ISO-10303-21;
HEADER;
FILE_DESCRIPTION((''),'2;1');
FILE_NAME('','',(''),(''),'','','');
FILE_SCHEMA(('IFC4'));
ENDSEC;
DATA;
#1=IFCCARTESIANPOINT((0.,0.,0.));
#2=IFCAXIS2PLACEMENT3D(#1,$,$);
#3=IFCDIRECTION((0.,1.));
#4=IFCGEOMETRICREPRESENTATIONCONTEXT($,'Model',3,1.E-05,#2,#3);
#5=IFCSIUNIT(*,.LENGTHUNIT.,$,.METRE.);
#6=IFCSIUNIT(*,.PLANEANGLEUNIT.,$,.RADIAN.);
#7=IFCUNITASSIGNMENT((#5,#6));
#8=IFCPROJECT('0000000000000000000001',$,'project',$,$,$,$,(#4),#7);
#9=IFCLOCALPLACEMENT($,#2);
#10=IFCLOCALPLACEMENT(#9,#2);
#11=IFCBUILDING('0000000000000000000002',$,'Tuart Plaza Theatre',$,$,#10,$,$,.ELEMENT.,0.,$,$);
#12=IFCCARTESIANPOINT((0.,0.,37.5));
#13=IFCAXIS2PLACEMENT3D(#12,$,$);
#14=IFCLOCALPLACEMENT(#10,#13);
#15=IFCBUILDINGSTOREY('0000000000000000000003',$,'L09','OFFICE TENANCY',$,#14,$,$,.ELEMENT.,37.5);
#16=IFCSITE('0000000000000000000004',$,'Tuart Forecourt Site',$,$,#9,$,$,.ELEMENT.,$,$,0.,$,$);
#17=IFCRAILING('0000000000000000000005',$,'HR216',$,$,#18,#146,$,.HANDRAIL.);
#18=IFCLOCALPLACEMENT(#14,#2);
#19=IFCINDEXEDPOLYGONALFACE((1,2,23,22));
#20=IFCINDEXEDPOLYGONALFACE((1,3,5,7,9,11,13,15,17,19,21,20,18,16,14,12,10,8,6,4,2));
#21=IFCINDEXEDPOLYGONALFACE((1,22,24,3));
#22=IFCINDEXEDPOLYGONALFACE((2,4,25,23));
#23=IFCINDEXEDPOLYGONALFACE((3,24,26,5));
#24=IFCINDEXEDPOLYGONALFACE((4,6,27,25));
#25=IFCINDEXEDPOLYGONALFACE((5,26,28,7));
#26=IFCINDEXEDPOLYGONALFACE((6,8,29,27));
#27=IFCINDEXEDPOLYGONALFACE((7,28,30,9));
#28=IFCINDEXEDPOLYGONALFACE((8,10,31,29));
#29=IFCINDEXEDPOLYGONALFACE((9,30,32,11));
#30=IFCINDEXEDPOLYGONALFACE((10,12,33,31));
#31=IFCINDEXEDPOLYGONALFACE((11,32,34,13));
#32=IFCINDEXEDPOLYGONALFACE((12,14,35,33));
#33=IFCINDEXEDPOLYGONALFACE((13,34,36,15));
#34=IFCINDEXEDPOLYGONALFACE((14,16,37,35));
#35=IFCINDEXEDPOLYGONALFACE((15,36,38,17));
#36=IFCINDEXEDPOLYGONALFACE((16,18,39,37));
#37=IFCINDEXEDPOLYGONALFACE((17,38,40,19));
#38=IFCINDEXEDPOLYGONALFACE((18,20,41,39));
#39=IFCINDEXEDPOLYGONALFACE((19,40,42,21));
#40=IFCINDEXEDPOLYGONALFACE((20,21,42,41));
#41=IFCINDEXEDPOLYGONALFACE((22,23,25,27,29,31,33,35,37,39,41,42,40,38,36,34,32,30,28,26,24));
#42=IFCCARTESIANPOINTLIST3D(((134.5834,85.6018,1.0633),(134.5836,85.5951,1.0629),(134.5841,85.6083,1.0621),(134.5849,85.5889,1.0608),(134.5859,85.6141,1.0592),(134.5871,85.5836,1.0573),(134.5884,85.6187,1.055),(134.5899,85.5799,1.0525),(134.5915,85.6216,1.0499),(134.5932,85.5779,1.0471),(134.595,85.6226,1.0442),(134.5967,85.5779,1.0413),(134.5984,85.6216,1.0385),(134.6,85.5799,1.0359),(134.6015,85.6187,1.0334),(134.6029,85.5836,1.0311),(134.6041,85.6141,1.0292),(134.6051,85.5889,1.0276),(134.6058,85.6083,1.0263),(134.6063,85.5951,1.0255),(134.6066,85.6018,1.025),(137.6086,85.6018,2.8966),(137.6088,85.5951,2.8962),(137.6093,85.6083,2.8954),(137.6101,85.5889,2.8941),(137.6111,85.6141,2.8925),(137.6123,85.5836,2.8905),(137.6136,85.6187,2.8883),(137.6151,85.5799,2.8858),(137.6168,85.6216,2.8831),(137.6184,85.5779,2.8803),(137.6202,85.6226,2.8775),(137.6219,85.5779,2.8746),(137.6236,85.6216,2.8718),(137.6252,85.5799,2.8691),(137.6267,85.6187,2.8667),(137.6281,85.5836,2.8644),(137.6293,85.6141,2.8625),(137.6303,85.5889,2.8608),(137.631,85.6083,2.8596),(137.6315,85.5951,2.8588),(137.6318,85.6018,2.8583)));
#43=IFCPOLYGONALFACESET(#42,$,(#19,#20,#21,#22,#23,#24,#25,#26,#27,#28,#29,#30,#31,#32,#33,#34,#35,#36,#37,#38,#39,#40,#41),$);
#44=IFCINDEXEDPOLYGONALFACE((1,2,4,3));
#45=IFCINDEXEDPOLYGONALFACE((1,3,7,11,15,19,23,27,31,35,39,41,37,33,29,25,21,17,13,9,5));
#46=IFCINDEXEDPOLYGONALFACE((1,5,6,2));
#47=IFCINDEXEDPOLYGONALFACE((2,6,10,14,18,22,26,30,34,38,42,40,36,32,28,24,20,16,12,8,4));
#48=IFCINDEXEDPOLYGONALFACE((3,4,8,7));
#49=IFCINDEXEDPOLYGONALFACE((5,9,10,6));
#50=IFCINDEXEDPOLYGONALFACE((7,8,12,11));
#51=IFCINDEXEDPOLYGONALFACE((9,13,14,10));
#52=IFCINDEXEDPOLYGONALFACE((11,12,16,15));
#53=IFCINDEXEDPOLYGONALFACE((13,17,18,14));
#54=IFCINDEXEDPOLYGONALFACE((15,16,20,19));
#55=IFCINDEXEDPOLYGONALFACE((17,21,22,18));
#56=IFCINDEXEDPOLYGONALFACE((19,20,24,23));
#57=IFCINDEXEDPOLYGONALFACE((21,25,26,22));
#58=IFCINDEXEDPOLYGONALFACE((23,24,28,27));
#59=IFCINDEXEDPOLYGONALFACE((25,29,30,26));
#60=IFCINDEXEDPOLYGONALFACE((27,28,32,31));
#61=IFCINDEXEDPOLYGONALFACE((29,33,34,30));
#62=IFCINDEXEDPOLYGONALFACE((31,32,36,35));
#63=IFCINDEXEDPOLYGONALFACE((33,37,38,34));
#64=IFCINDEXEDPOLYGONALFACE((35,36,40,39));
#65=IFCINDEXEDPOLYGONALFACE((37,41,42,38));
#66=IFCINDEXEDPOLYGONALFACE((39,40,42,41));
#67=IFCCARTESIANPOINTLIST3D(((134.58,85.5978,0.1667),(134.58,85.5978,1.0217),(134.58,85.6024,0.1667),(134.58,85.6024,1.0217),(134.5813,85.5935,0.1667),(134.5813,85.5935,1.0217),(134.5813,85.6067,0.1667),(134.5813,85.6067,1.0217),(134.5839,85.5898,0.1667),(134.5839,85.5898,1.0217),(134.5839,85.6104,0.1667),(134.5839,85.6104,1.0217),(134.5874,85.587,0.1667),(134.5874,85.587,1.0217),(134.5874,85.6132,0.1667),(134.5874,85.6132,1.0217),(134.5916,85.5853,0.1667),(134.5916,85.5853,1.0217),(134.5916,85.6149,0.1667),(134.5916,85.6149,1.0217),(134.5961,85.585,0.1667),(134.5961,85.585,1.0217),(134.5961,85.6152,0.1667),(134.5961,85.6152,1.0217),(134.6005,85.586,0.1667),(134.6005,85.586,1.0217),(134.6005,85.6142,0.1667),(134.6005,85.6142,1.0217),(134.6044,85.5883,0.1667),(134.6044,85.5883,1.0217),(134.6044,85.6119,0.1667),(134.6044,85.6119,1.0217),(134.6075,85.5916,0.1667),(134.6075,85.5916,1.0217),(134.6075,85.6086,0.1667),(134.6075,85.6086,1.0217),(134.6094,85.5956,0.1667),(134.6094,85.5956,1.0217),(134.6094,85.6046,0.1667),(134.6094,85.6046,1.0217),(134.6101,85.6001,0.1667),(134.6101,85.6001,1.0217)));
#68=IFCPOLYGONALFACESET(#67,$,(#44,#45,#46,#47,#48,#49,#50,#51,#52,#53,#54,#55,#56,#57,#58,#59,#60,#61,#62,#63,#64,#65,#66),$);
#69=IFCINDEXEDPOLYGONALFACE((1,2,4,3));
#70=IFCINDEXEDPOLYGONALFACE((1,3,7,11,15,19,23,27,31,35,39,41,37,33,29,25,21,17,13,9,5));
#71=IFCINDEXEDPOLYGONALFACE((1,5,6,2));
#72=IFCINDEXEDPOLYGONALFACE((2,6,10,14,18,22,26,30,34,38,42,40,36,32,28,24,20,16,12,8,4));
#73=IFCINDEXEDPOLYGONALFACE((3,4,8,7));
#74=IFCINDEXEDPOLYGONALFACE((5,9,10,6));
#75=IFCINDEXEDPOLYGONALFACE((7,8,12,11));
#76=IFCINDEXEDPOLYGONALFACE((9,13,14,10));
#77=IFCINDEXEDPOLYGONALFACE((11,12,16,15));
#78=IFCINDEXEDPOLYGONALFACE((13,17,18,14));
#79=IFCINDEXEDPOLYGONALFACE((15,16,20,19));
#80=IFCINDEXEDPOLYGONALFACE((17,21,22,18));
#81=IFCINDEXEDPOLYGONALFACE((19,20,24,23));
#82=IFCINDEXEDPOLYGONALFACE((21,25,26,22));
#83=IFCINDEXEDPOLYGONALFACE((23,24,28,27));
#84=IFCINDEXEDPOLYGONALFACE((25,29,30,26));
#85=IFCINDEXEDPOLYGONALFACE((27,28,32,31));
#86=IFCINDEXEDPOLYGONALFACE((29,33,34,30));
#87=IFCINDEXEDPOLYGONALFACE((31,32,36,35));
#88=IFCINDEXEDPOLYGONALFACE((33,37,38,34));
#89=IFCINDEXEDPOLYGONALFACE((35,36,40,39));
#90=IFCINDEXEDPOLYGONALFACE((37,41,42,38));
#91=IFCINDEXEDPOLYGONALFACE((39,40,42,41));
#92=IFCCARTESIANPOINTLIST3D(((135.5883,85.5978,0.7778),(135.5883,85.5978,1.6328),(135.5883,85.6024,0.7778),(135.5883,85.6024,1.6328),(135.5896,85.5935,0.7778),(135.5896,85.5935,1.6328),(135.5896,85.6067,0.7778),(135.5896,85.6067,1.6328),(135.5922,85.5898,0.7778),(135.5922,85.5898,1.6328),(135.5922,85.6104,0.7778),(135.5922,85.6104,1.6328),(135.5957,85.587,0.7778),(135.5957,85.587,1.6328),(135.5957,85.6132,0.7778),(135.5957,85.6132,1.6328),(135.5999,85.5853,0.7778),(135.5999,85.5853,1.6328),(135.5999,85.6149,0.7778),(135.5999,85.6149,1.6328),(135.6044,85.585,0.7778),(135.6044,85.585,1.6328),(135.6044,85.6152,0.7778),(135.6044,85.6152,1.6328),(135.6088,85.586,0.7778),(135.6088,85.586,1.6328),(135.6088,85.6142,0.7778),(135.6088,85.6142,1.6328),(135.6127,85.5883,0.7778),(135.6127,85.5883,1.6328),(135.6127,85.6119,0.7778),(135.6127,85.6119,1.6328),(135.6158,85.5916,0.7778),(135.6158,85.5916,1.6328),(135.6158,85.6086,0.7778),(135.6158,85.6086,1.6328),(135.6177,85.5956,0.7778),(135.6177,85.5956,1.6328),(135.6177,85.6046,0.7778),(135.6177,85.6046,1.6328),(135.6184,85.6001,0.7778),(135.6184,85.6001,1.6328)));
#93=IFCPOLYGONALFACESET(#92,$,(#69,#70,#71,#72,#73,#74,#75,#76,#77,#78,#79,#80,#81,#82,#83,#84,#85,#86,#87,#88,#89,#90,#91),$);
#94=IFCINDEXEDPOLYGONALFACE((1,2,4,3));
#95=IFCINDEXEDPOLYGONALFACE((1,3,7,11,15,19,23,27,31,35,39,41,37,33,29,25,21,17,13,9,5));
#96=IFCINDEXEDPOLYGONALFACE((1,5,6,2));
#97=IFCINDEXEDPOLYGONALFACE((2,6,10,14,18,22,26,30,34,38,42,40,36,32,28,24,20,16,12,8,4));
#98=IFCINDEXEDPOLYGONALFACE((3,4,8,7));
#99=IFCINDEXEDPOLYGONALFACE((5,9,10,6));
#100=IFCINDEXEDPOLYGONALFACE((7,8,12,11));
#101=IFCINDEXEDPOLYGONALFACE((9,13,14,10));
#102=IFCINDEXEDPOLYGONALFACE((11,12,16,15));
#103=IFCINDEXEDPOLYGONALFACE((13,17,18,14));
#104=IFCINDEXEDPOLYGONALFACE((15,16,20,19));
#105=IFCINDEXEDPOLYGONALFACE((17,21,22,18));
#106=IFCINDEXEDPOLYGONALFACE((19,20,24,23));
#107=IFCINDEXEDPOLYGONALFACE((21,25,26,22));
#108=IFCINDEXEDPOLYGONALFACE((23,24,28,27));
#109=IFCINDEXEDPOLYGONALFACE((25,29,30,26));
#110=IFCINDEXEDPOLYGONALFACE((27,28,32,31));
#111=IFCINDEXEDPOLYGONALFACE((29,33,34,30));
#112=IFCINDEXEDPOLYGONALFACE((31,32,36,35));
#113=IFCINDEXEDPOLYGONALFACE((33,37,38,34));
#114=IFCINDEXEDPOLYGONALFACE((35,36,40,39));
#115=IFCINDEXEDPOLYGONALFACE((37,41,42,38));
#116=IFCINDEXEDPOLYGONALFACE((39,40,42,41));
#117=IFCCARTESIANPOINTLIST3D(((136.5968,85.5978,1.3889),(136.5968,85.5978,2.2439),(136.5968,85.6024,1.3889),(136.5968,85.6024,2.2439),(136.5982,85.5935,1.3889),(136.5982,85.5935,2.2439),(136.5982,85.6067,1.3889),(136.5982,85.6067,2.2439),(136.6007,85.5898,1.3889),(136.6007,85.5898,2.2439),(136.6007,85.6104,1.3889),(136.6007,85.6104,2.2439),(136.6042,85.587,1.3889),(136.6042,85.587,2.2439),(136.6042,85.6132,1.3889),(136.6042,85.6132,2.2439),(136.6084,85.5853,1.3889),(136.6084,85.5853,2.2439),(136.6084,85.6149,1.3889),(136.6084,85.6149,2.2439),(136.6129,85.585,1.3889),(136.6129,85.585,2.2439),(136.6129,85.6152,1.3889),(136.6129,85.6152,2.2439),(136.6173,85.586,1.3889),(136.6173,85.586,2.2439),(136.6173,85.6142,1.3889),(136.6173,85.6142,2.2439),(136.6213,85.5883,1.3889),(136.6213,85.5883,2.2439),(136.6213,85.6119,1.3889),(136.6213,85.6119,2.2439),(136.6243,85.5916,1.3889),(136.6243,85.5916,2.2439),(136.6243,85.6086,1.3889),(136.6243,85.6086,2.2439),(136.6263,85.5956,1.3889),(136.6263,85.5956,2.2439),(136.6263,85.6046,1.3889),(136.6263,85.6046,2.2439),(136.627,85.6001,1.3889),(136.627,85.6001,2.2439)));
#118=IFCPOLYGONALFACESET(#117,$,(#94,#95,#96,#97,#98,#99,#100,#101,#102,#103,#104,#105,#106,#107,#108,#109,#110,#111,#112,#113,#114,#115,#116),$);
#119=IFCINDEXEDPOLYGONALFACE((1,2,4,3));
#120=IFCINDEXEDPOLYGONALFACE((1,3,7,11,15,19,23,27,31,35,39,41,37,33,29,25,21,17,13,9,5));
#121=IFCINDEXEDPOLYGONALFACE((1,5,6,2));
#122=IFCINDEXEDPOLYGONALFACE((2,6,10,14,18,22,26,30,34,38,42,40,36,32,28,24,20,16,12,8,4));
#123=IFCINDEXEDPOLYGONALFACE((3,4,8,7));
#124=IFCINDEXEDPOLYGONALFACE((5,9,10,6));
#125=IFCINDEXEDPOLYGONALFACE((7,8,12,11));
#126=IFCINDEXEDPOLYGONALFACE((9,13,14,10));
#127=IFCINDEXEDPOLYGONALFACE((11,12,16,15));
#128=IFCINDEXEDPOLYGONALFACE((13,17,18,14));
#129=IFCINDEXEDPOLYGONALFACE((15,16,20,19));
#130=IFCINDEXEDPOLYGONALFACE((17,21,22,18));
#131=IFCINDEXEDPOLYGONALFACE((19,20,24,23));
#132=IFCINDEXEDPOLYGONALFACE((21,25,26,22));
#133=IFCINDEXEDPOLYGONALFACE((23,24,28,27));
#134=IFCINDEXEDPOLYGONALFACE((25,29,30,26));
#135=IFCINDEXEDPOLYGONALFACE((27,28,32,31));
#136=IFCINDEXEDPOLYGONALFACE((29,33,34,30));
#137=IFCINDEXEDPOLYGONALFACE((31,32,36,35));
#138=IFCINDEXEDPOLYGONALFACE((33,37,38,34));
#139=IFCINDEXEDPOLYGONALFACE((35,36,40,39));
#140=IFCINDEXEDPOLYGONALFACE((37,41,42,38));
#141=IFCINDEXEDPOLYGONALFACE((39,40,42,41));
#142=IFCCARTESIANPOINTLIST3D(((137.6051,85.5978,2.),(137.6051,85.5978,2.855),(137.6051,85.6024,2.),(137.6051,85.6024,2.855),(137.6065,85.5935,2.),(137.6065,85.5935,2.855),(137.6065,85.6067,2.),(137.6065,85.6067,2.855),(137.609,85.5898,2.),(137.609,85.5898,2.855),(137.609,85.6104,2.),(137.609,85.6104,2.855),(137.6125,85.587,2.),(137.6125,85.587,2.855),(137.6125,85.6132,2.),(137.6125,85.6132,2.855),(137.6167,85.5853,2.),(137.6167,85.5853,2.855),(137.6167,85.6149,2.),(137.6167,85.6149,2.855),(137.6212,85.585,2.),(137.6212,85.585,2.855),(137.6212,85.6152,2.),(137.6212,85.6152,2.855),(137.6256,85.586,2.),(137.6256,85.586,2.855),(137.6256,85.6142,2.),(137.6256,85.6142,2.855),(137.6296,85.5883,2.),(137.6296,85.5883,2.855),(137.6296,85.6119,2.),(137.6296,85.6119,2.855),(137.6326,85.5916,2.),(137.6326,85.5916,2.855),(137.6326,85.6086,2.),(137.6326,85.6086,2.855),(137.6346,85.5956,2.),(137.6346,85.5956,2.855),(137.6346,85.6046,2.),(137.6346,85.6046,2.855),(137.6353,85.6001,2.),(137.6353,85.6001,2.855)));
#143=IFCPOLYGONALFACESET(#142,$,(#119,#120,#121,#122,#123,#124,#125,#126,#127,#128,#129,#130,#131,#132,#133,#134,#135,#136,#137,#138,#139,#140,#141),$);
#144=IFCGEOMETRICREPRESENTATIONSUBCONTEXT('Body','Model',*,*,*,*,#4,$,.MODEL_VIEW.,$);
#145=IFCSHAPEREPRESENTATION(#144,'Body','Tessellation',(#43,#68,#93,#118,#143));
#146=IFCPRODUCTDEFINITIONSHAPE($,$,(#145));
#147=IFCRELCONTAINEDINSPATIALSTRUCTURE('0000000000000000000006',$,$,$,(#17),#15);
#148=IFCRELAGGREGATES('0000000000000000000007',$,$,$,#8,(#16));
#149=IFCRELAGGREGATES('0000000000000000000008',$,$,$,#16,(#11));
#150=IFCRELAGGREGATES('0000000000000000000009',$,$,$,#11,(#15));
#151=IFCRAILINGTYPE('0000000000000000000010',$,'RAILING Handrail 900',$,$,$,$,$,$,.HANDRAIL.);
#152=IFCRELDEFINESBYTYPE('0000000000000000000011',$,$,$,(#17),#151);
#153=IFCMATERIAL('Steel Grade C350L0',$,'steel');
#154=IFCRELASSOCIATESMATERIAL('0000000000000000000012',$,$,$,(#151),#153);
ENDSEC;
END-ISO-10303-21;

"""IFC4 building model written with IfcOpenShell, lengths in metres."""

from ifc_helpers import new_model, si_unit, direction, frame, origin, origin_2d, place, context, subcontext, project, spatial, circle, extrude, material, type_object, element, save


model = new_model("IFC4")

# Units and contexts
model_context = context("Model", 3, precision=1e-05, world=origin(), true_north=direction((0.0, 1.0)))
body_context = subcontext(model_context, "Body", "Model", "MODEL_VIEW")
ifc_project = project(units=[si_unit("LENGTHUNIT", "METRE"), si_unit("PLANEANGLEUNIT", "RADIAN")], contexts=[model_context])

# Site, building, storey
site_placement = place(None, origin())
site = spatial("IfcSite", under=ifc_project, at=site_placement, Name="Tuart Forecourt Site", CompositionType="ELEMENT", RefElevation=0.0)
building_placement = place(site_placement, origin())
building = spatial("IfcBuilding", under=site, at=building_placement, Name="Tuart Plaza Theatre", CompositionType="ELEMENT", ElevationOfRefHeight=0.0)
storey_placement = place(building_placement, frame((0.0, 0.0, 37.5)))
storey = spatial("IfcBuildingStorey", under=building, at=storey_placement, Name="L09", Description="OFFICE TENANCY", CompositionType="ELEMENT", Elevation=37.5)

# Railing
ifc_material_1 = material(Name="Steel Grade C350L0", Category="steel")
railing_type_1 = type_object("IfcRailingType", Name="RAILING Handrail 900", PredefinedType="HANDRAIL", material=ifc_material_1)
for number, where, name in (
    (1, (134.595, 85.6001, 0.1667), "HR216"),
):
    element("IfcRailing", number, at=place(storey_placement, frame(where)), inside=storey, type_object=railing_type_1, Name=name, PredefinedType="HANDRAIL", context=body_context, shape_type="SweptSolid", body=[
        extrude(circle(Radius=0.0225, at=origin_2d()), frame((0.0, 0.0, 0.8774), z_axis=(0.855219, 0.0, 0.518267), x_axis=(0.0, 1.0, 0.0)), (0.0, 0.0, 1.0), 3.5374),
        extrude(circle(Radius=0.0151, at=origin_2d()), origin(), (0.0, 0.0, 1.0), 0.855),
        extrude(circle(Radius=0.0151, at=origin_2d()), frame((1.0083, 0.0, 0.6111)), (0.0, 0.0, 1.0), 0.855),
        extrude(circle(Radius=0.0151, at=origin_2d()), frame((2.0168, 0.0, 1.2222)), (0.0, 0.0, 1.0), 0.855),
        extrude(circle(Radius=0.0151, at=origin_2d()), frame((3.0251, 0.0, 1.8333)), (0.0, 0.0, 1.0), 0.855),
    ])

save(model, "model.ifc")
